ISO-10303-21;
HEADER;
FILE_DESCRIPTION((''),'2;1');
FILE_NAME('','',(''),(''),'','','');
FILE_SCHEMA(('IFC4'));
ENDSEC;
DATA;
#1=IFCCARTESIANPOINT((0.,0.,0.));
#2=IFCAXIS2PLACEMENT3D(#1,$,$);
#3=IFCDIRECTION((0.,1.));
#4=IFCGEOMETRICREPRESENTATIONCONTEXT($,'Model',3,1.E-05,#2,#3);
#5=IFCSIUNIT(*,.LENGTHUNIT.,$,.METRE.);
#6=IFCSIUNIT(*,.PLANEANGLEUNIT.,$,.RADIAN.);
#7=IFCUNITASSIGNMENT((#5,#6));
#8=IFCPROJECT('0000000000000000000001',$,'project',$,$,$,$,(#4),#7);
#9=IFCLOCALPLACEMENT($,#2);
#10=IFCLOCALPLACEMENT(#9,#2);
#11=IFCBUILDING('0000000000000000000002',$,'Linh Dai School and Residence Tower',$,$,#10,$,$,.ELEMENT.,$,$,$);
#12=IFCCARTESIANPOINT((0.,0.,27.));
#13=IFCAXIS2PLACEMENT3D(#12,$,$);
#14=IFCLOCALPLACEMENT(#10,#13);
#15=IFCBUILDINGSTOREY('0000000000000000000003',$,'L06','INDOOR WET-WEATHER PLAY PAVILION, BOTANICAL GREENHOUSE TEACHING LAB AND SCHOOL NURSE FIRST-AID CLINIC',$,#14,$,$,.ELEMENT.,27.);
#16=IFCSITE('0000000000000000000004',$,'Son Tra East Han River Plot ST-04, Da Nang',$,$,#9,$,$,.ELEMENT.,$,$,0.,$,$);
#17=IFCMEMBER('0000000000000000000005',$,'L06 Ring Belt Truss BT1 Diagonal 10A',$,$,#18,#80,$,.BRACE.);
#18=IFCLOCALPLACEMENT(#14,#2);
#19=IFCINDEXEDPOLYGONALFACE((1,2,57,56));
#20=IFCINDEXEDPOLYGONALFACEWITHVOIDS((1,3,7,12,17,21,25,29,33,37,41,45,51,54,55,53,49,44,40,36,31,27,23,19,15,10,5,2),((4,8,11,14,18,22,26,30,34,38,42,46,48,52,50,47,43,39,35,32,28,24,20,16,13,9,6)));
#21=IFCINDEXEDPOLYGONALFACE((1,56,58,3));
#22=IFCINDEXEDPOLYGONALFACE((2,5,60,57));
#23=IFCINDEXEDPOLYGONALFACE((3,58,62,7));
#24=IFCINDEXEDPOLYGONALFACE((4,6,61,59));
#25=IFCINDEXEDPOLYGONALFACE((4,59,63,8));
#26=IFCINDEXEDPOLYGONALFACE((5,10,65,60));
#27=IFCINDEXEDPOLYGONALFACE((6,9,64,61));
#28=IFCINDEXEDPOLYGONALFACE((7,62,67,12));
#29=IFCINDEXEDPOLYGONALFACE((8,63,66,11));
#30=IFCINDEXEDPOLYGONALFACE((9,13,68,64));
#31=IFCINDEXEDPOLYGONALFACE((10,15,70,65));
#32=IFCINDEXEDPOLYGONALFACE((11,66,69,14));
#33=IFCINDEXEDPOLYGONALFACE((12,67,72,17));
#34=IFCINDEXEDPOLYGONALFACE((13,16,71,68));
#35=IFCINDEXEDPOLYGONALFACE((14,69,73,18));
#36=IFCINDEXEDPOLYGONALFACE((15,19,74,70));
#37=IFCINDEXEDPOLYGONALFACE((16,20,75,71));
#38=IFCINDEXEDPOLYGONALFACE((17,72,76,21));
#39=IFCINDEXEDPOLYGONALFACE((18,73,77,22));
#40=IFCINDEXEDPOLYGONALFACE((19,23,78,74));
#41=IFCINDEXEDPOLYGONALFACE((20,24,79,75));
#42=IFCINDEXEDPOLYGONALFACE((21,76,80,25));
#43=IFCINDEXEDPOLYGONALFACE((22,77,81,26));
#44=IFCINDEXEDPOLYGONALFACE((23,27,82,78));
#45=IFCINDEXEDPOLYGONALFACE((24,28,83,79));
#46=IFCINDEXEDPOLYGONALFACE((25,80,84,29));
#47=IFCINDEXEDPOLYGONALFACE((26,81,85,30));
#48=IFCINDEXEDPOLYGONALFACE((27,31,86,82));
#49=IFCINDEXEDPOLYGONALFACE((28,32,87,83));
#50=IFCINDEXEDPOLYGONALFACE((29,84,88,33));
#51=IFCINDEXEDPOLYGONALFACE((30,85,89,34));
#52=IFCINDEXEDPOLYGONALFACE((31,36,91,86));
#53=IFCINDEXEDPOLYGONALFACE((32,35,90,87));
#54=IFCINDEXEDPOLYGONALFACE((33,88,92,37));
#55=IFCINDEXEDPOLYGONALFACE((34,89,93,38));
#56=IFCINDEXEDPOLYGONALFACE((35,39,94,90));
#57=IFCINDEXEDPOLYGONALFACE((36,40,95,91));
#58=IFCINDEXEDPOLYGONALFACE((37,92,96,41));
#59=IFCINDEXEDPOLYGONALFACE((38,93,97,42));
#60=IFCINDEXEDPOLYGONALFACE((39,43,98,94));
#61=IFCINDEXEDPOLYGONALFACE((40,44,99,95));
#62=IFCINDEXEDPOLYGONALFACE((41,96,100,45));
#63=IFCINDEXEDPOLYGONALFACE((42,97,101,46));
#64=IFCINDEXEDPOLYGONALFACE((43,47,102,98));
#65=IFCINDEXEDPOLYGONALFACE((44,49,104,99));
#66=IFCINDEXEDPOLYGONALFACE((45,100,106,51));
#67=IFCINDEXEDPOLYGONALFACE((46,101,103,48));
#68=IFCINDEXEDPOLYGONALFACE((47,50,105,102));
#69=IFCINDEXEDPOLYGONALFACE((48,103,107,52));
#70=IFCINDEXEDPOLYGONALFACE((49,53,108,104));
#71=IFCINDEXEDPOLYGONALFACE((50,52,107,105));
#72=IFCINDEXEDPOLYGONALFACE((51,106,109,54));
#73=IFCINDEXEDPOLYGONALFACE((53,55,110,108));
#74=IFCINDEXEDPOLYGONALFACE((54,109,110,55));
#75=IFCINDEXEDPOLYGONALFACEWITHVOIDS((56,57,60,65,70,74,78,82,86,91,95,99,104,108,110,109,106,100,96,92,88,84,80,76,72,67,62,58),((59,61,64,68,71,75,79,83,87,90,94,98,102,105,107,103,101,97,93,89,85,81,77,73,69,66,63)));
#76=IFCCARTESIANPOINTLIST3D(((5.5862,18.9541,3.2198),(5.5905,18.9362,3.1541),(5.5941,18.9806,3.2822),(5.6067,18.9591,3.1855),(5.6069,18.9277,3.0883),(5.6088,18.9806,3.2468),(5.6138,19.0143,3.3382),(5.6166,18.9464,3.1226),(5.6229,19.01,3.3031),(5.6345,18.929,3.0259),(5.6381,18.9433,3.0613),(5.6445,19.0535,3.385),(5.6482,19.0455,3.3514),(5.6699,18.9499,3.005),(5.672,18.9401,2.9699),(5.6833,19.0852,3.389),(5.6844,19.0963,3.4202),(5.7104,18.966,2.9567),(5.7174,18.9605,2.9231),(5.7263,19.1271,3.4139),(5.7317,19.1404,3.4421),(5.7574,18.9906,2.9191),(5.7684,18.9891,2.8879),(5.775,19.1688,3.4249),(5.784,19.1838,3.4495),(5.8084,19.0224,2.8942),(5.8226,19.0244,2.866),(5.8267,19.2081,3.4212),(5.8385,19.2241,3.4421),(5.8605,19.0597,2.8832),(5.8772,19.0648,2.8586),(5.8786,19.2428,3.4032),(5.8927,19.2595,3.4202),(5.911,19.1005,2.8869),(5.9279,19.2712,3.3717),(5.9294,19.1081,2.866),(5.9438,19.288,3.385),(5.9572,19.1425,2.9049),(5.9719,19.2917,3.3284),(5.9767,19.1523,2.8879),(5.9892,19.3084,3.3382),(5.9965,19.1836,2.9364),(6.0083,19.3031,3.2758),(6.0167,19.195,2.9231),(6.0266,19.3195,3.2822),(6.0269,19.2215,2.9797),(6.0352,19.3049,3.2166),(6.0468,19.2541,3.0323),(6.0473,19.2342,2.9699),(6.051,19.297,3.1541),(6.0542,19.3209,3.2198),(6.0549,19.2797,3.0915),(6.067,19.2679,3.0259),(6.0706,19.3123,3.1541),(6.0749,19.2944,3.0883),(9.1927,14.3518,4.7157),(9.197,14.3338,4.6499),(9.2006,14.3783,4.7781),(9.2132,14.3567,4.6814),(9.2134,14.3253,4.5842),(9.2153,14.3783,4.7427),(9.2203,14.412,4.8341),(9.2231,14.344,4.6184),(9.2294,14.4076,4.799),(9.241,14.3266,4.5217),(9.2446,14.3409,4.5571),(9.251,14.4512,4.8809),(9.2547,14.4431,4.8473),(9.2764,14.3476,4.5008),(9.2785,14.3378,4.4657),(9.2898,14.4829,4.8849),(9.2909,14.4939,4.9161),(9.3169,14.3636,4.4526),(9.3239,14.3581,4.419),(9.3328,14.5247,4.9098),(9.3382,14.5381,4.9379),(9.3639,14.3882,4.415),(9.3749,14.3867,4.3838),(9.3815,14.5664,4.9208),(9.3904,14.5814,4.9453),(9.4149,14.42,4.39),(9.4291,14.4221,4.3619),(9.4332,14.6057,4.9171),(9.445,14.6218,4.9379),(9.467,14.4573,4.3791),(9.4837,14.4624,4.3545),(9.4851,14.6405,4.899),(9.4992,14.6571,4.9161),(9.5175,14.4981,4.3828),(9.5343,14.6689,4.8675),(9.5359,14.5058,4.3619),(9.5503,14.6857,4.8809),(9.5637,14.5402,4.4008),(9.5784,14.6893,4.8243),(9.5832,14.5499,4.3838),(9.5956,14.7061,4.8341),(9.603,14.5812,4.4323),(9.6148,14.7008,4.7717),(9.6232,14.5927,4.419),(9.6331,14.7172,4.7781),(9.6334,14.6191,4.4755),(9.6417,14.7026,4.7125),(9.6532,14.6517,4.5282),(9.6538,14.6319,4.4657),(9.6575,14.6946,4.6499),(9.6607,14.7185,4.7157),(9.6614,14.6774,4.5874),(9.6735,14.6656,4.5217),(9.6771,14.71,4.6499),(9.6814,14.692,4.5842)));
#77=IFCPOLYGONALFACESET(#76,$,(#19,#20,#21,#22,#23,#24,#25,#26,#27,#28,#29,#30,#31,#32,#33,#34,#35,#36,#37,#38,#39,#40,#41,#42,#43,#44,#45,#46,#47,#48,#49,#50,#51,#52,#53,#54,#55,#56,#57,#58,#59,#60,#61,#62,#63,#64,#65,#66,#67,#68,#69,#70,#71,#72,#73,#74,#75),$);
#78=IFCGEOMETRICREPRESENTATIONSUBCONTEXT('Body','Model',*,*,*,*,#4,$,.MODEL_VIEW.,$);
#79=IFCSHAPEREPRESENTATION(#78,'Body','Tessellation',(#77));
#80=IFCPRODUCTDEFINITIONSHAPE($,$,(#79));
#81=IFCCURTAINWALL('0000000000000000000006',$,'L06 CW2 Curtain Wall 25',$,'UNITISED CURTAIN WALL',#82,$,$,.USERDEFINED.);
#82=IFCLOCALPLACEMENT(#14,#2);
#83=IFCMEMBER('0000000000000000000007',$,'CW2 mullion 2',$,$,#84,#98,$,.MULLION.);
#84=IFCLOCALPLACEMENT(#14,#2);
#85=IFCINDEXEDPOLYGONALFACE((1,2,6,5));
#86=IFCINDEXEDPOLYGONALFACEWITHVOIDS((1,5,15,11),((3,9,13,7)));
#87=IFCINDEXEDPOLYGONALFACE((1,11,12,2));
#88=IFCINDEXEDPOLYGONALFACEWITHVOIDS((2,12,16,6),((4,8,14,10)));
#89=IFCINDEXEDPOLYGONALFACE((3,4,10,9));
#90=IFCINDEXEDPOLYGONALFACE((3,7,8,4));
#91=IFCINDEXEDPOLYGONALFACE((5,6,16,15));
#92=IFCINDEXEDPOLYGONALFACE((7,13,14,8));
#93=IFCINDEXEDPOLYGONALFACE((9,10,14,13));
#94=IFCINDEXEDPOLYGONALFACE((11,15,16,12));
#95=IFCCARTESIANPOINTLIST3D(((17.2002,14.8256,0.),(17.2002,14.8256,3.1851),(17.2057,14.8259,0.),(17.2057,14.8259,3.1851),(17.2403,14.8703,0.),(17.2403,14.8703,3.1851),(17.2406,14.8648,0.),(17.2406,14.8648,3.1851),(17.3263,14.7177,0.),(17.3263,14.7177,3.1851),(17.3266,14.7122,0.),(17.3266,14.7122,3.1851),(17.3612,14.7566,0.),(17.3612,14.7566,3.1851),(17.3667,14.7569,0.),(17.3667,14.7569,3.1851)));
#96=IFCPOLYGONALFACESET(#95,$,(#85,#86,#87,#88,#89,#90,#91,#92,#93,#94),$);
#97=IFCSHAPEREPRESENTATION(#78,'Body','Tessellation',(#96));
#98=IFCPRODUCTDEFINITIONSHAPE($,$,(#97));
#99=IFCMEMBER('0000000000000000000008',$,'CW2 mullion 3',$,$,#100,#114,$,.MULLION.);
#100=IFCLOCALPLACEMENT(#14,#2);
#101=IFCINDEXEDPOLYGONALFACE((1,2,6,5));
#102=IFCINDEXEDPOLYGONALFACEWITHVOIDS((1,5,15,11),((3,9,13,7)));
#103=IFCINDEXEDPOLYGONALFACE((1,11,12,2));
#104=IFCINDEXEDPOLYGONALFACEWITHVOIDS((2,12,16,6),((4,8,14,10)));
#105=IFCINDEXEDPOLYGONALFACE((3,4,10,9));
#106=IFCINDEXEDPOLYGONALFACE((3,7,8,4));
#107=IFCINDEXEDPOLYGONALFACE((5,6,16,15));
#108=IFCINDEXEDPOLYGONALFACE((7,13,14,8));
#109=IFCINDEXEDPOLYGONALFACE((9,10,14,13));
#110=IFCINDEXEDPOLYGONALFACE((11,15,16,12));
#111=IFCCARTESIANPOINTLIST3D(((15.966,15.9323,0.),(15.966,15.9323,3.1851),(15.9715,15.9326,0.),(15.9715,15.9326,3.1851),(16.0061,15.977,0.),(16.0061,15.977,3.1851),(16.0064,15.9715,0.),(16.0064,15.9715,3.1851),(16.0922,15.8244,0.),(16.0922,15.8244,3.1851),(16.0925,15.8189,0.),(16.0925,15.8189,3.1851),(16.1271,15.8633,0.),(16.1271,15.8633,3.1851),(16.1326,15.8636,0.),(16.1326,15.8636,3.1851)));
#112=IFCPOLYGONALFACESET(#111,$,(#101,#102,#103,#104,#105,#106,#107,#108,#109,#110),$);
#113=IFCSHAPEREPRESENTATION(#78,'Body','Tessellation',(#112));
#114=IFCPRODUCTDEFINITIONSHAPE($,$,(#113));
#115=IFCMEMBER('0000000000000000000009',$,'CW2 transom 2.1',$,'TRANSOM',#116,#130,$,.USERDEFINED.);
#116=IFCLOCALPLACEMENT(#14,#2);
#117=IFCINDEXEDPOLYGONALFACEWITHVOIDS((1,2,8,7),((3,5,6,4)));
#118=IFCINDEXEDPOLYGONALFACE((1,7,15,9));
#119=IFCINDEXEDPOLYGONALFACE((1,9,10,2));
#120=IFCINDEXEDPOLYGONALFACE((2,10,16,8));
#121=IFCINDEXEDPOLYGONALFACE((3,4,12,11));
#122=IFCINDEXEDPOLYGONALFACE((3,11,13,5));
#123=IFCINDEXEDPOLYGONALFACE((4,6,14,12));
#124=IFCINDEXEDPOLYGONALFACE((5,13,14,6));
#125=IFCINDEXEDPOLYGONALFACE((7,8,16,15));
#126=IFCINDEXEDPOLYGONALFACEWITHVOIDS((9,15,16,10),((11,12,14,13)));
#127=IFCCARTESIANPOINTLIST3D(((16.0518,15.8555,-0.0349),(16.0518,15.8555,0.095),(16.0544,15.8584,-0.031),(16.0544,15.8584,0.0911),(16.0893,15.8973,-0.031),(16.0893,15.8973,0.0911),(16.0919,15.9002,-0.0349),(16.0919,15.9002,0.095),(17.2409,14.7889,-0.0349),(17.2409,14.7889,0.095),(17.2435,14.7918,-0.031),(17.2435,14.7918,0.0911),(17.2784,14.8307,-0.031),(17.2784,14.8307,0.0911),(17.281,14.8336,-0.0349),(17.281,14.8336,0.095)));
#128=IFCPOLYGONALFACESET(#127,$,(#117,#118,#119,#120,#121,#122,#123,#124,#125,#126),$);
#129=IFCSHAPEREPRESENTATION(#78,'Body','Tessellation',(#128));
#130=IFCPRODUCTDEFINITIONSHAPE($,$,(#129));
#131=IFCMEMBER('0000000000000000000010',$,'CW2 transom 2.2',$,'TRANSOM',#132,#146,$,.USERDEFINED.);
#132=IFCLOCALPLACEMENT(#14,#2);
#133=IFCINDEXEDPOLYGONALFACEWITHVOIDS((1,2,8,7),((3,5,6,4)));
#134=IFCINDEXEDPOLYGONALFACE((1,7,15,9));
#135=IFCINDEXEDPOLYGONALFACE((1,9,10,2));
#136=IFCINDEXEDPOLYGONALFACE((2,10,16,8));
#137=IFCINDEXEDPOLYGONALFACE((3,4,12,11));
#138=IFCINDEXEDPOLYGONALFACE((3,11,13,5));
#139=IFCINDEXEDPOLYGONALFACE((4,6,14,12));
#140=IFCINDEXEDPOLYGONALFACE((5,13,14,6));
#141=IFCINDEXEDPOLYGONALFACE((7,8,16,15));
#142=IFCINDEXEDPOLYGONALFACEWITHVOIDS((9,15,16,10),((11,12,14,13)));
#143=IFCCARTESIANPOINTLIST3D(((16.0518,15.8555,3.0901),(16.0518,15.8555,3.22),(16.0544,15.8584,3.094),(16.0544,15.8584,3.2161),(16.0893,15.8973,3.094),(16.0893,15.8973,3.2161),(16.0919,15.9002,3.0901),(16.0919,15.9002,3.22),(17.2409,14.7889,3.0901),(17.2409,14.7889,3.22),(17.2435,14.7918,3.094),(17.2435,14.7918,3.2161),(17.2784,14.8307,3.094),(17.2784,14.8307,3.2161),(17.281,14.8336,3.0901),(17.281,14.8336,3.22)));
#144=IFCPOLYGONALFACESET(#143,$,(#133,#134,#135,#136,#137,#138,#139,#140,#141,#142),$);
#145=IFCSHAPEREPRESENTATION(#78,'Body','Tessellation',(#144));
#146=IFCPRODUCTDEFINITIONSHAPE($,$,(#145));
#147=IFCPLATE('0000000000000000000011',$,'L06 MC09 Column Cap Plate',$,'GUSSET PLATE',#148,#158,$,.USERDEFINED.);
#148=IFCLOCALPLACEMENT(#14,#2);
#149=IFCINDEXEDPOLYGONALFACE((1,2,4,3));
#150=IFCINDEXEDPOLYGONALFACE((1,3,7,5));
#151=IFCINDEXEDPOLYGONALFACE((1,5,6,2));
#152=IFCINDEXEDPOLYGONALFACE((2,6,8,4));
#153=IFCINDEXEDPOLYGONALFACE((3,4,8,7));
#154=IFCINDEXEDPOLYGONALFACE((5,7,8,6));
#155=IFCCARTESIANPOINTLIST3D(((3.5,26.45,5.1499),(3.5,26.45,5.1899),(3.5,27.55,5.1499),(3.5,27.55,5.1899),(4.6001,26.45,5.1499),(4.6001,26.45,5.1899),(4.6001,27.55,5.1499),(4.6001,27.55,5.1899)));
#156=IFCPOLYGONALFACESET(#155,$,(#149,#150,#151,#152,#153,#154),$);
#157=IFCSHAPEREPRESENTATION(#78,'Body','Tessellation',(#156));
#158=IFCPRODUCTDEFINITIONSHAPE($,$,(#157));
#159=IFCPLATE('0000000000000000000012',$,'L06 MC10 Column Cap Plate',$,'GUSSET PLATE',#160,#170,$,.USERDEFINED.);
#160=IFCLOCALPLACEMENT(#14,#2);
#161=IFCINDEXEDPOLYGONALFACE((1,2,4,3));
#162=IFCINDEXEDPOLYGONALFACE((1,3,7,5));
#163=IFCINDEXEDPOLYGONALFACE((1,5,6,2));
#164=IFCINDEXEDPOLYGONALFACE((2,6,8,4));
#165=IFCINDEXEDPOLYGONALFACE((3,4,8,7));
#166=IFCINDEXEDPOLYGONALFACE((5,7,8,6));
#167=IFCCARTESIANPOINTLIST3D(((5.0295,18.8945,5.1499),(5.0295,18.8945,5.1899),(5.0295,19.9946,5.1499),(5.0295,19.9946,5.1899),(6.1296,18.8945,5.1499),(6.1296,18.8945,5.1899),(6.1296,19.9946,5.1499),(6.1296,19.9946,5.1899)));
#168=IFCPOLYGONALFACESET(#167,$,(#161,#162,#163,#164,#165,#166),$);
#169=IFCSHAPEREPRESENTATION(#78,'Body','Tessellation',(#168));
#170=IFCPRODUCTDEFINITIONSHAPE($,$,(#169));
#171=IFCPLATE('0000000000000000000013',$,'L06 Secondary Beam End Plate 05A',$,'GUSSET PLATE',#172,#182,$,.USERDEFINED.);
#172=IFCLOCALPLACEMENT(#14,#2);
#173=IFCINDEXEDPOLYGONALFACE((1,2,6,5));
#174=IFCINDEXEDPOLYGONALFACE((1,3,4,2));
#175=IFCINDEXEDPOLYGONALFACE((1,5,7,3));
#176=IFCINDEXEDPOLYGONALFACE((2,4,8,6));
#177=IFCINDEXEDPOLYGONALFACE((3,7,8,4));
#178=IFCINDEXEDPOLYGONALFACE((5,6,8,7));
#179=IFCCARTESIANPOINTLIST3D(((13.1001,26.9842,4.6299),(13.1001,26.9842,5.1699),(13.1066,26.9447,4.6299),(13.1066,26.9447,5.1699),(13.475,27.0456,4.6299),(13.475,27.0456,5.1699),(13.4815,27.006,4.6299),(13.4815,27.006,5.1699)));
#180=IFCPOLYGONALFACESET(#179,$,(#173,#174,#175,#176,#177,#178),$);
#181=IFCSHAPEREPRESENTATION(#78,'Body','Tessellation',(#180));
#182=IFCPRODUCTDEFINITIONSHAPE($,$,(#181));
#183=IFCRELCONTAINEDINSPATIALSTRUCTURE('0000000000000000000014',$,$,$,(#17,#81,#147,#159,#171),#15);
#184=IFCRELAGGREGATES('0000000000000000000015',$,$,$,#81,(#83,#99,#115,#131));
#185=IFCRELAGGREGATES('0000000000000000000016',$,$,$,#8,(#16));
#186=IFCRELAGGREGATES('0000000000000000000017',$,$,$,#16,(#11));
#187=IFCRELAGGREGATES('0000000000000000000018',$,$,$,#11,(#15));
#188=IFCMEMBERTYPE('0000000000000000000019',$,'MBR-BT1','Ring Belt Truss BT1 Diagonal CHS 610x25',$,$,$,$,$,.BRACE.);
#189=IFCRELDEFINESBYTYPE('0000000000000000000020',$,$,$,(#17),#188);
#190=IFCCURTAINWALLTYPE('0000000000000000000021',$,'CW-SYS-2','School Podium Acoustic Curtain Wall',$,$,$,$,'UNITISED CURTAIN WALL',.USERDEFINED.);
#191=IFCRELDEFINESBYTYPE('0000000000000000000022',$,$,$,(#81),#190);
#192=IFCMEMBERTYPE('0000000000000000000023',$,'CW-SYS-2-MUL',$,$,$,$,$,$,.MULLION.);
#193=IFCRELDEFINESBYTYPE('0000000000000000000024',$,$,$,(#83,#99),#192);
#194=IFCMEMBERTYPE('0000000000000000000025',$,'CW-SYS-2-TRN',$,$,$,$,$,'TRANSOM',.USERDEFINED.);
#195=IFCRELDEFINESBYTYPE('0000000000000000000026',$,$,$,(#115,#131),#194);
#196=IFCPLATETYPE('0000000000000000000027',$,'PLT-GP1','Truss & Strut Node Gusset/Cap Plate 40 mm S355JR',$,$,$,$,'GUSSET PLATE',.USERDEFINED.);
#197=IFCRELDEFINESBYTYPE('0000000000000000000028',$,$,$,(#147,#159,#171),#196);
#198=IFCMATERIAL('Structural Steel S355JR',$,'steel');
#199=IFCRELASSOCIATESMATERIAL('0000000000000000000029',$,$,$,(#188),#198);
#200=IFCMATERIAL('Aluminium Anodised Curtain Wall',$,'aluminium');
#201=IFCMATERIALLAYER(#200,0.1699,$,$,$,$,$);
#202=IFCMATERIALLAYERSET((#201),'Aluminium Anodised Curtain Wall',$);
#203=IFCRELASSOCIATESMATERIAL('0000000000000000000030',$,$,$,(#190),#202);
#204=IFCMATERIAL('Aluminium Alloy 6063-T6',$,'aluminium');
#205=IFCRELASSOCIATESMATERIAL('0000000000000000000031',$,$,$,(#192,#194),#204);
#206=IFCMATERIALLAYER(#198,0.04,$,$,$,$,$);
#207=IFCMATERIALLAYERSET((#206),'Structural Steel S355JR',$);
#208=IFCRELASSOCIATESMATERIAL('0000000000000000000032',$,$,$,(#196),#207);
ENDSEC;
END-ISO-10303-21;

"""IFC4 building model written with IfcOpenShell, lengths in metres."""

from ifc_helpers import new_model, si_unit, direction, frame, origin, origin_2d, place, context, subcontext, project, spatial, rectangle, hollow_rectangle, hollow_circle, extrude, source, transform, mapped, material, layer, layer_set, material_profile, profile_set, type_object, element, aggregate, save


model = new_model("IFC4")

# Units and contexts
model_context = context("Model", 3, precision=1e-05, world=origin(), true_north=direction((0.0, 1.0)))
body_context = subcontext(model_context, "Body", "Model", "MODEL_VIEW")
ifc_project = project(units=[si_unit("LENGTHUNIT", "METRE"), si_unit("PLANEANGLEUNIT", "RADIAN")], contexts=[model_context])

# Site, building, storey
site_placement = place(None, origin())
site = spatial("IfcSite", under=ifc_project, at=site_placement, Name="Son Tra East Han River Plot ST-04, Da Nang", CompositionType="ELEMENT", RefElevation=0.0)
building_placement = place(site_placement, origin())
building = spatial("IfcBuilding", under=site, at=building_placement, Name="Linh Dai School and Residence Tower", CompositionType="ELEMENT")
storey_placement = place(building_placement, frame((0.0, 0.0, 27.0)))
storey = spatial("IfcBuildingStorey", under=building, at=storey_placement, Name="L06", Description="INDOOR WET-WEATHER PLAY PAVILION, BOTANICAL GREENHOUSE TEACHING LAB AND SCHOOL NURSE FIRST-AID CLINIC", CompositionType="ELEMENT", Elevation=27.0)

# Shared definitions
ifc_material_1 = material(Name="Structural Steel S355JR", Category="steel")

# Member
ifc_material_profile_1 = material_profile(ifc_material_1, hollow_circle(Radius=0.3049, WallThickness=0.0249, at=origin_2d()), Name="CHS 610x25")
ifc_profile_set_1 = profile_set([ifc_material_profile_1], Name="Structural Steel S355JR")
member_type_1 = type_object("IfcMemberType", Name="MBR-BT1", Description="Ring Belt Truss BT1 Diagonal CHS 610x25", PredefinedType="BRACE", material=ifc_profile_set_1)
member_1_placement = place(storey_placement, frame((5.8306, 19.1243, 3.1541), z_axis=(0.597556, -0.76256, 0.247849), x_axis=(0.787119, 0.616801, 0.0)))
element("IfcMember", 1, at=member_1_placement, inside=storey, type_object=member_type_1, Name="L06 Ring Belt Truss BT1 Diagonal 10A", PredefinedType="BRACE", context=body_context, shape_type="SweptSolid", body=[
    extrude(hollow_circle(Radius=0.3049, WallThickness=0.0249, at=origin_2d()), origin(), (0.0, 0.0, 1.0), 6.0354),
])

# Curtain wall, members
ifc_material_2 = material(Name="Aluminium Anodised Curtain Wall", Category="aluminium")
ifc_layer_1 = layer(ifc_material_2, 0.1699)
ifc_layer_set_1 = layer_set([ifc_layer_1], Name="Aluminium Anodised Curtain Wall")
curtain_wall_type = type_object("IfcCurtainWallType", Name="CW-SYS-2", Description="School Podium Acoustic Curtain Wall", ElementType="UNITISED CURTAIN WALL", PredefinedType="USERDEFINED", material=ifc_layer_set_1)
curtain_wall_placement = place(storey_placement, origin())
curtain_wall = element("IfcCurtainWall", 2, at=curtain_wall_placement, inside=storey, type_object=curtain_wall_type, Name="L06 CW2 Curtain Wall 25", ObjectType="UNITISED CURTAIN WALL", PredefinedType="USERDEFINED")
ifc_material_3 = material(Name="Aluminium Alloy 6063-T6", Category="aluminium")
ifc_material_profile_2 = material_profile(ifc_material_3, hollow_rectangle(XDim=0.0601, YDim=0.1699, WallThickness=0.0039, at=origin_2d()), Name="RHS 170x60x4")
ifc_profile_set_2 = profile_set([ifc_material_profile_2], Name="Aluminium Alloy 6063-T6")
member_type_2 = type_object("IfcMemberType", Name="CW-SYS-2-MUL", PredefinedType="MULLION", material=ifc_profile_set_2)
shared_shape_1 = source(origin(), body_context, "Body", "SweptSolid", [
    extrude(hollow_rectangle(XDim=0.0601, YDim=0.1699, WallThickness=0.0039, at=origin_2d()), origin(), (0.0, 0.0, 1.0), 3.1851),
])
member_2_placement = place(storey_placement, frame((17.2834, 14.7913, 0.0), z_axis=(0.0, 0.0, 1.0), x_axis=(-0.667731, -0.744403, 0.0)))
member_2 = element("IfcMember", 3, at=member_2_placement, type_object=member_type_2, Name="CW2 mullion 2", PredefinedType="MULLION", context=body_context, shape_type="MappedRepresentation", body=[
    mapped(shared_shape_1, transform((0.0, 0.0, 0.0), x_axis=(1.0, 0.0, 0.0), y_axis=(0.0, 1.0, 0.0), z_axis=(0.0, 0.0, 1.0), scale=1.0)),
])
member_3_placement = place(storey_placement, frame((16.0493, 15.8979, 0.0), z_axis=(0.0, 0.0, 1.0), x_axis=(-0.667731, -0.744403, 0.0)))
member_3 = element("IfcMember", 4, at=member_3_placement, type_object=member_type_2, Name="CW2 mullion 3", PredefinedType="MULLION", context=body_context, shape_type="MappedRepresentation", body=[
    mapped(shared_shape_1, transform((0.0, 0.0, 0.0), x_axis=(1.0, 0.0, 0.0), y_axis=(0.0, 1.0, 0.0), z_axis=(0.0, 0.0, 1.0), scale=1.0)),
])
ifc_material_profile_3 = material_profile(ifc_material_3, hollow_rectangle(XDim=0.0601, YDim=0.1299, WallThickness=0.0039, at=origin_2d()), Name="RHS 130x60x4")
ifc_profile_set_3 = profile_set([ifc_material_profile_3], Name="Aluminium Alloy 6063-T6")
member_type_3 = type_object("IfcMemberType", Name="CW-SYS-2-TRN", ElementType="TRANSOM", PredefinedType="USERDEFINED", material=ifc_profile_set_3)
shared_shape_2 = source(origin(), body_context, "Body", "SweptSolid", [
    extrude(hollow_rectangle(XDim=0.0601, YDim=0.1299, WallThickness=0.0039, at=origin_2d()), origin(), (0.0, 0.0, 1.0), 1.5974),
])
member_4_placement = place(storey_placement, frame((17.261, 14.8113, 0.03), z_axis=(-0.744425, 0.667706, 0.0), x_axis=(-0.667706, -0.744425, 0.0)))
member_4 = element("IfcMember", 5, at=member_4_placement, type_object=member_type_3, Name="CW2 transom 2.1", ObjectType="TRANSOM", PredefinedType="USERDEFINED", context=body_context, shape_type="MappedRepresentation", body=[
    mapped(shared_shape_2, transform((0.0, 0.0, 0.0), x_axis=(1.0, 0.0, 0.0), y_axis=(0.0, 1.0, 0.0), z_axis=(0.0, 0.0, 1.0), scale=1.0)),
])
member_5_placement = place(storey_placement, frame((17.261, 14.8113, 3.155), z_axis=(-0.744425, 0.667706, 0.0), x_axis=(-0.667706, -0.744425, 0.0)))
member_5 = element("IfcMember", 6, at=member_5_placement, type_object=member_type_3, Name="CW2 transom 2.2", ObjectType="TRANSOM", PredefinedType="USERDEFINED", context=body_context, shape_type="MappedRepresentation", body=[
    mapped(shared_shape_2, transform((0.0, 0.0, 0.0), x_axis=(1.0, 0.0, 0.0), y_axis=(0.0, 1.0, 0.0), z_axis=(0.0, 0.0, 1.0), scale=1.0)),
])

# Plates
ifc_layer_2 = layer(ifc_material_1, 0.04)
ifc_layer_set_2 = layer_set([ifc_layer_2], Name="Structural Steel S355JR")
plate_type_1 = type_object("IfcPlateType", Name="PLT-GP1", Description="Truss & Strut Node Gusset/Cap Plate 40 mm S355JR", ElementType="GUSSET PLATE", PredefinedType="USERDEFINED", material=ifc_layer_set_2)
shared_shape_3 = source(origin(), body_context, "Body", "SweptSolid", [
    extrude(rectangle(XDim=1.1001, YDim=1.1001, at=origin_2d()), origin(), (0.0, 0.0, 1.0), 0.04),
])
for number, where, z_axis, x_axis, name in (
    (7, (4.05, 27.0, 5.1499), (0.0, 0.0, 1.0), (1.0, 0.0, 0.0), "L06 MC09 Column Cap Plate"),
    (8, (5.5796, 19.4446, 5.1499), (0.0, 0.0, 1.0), (1.0, 0.0, 0.0), "L06 MC10 Column Cap Plate"),
):
    element("IfcPlate", number, at=place(storey_placement, frame(where, z_axis=z_axis, x_axis=x_axis)), inside=storey, type_object=plate_type_1, Name=name, ObjectType="GUSSET PLATE", PredefinedType="USERDEFINED", context=body_context, shape_type="MappedRepresentation", body=[
        mapped(shared_shape_3, transform((0.0, 0.0, 0.0), x_axis=(1.0, 0.0, 0.0), y_axis=(0.0, 1.0, 0.0), z_axis=(0.0, 0.0, 1.0), scale=1.0)),
    ])
shared_shape_4 = source(origin(), body_context, "Body", "SweptSolid", [
    extrude(rectangle(XDim=0.04, YDim=0.3799, at=origin_2d()), origin(), (0.0, 0.0, 1.0), 0.54),
])
for number, where, z_axis, x_axis, name in (
    (9, (13.2908, 26.9951, 4.6299), (0.0, 0.0, 1.0), (0.161522, -0.986869, 0.0), "L06 Secondary Beam End Plate 05A"),
):
    element("IfcPlate", number, at=place(storey_placement, frame(where, z_axis=z_axis, x_axis=x_axis)), inside=storey, type_object=plate_type_1, Name=name, ObjectType="GUSSET PLATE", PredefinedType="USERDEFINED", context=body_context, shape_type="MappedRepresentation", body=[
        mapped(shared_shape_4, transform((0.0, 0.0, 0.0), x_axis=(1.0, 0.0, 0.0), y_axis=(0.0, 1.0, 0.0), z_axis=(0.0, 0.0, 1.0), scale=1.0)),
    ])

aggregate(curtain_wall, [member_2, member_3, member_4, member_5])

save(model, "model.ifc")
